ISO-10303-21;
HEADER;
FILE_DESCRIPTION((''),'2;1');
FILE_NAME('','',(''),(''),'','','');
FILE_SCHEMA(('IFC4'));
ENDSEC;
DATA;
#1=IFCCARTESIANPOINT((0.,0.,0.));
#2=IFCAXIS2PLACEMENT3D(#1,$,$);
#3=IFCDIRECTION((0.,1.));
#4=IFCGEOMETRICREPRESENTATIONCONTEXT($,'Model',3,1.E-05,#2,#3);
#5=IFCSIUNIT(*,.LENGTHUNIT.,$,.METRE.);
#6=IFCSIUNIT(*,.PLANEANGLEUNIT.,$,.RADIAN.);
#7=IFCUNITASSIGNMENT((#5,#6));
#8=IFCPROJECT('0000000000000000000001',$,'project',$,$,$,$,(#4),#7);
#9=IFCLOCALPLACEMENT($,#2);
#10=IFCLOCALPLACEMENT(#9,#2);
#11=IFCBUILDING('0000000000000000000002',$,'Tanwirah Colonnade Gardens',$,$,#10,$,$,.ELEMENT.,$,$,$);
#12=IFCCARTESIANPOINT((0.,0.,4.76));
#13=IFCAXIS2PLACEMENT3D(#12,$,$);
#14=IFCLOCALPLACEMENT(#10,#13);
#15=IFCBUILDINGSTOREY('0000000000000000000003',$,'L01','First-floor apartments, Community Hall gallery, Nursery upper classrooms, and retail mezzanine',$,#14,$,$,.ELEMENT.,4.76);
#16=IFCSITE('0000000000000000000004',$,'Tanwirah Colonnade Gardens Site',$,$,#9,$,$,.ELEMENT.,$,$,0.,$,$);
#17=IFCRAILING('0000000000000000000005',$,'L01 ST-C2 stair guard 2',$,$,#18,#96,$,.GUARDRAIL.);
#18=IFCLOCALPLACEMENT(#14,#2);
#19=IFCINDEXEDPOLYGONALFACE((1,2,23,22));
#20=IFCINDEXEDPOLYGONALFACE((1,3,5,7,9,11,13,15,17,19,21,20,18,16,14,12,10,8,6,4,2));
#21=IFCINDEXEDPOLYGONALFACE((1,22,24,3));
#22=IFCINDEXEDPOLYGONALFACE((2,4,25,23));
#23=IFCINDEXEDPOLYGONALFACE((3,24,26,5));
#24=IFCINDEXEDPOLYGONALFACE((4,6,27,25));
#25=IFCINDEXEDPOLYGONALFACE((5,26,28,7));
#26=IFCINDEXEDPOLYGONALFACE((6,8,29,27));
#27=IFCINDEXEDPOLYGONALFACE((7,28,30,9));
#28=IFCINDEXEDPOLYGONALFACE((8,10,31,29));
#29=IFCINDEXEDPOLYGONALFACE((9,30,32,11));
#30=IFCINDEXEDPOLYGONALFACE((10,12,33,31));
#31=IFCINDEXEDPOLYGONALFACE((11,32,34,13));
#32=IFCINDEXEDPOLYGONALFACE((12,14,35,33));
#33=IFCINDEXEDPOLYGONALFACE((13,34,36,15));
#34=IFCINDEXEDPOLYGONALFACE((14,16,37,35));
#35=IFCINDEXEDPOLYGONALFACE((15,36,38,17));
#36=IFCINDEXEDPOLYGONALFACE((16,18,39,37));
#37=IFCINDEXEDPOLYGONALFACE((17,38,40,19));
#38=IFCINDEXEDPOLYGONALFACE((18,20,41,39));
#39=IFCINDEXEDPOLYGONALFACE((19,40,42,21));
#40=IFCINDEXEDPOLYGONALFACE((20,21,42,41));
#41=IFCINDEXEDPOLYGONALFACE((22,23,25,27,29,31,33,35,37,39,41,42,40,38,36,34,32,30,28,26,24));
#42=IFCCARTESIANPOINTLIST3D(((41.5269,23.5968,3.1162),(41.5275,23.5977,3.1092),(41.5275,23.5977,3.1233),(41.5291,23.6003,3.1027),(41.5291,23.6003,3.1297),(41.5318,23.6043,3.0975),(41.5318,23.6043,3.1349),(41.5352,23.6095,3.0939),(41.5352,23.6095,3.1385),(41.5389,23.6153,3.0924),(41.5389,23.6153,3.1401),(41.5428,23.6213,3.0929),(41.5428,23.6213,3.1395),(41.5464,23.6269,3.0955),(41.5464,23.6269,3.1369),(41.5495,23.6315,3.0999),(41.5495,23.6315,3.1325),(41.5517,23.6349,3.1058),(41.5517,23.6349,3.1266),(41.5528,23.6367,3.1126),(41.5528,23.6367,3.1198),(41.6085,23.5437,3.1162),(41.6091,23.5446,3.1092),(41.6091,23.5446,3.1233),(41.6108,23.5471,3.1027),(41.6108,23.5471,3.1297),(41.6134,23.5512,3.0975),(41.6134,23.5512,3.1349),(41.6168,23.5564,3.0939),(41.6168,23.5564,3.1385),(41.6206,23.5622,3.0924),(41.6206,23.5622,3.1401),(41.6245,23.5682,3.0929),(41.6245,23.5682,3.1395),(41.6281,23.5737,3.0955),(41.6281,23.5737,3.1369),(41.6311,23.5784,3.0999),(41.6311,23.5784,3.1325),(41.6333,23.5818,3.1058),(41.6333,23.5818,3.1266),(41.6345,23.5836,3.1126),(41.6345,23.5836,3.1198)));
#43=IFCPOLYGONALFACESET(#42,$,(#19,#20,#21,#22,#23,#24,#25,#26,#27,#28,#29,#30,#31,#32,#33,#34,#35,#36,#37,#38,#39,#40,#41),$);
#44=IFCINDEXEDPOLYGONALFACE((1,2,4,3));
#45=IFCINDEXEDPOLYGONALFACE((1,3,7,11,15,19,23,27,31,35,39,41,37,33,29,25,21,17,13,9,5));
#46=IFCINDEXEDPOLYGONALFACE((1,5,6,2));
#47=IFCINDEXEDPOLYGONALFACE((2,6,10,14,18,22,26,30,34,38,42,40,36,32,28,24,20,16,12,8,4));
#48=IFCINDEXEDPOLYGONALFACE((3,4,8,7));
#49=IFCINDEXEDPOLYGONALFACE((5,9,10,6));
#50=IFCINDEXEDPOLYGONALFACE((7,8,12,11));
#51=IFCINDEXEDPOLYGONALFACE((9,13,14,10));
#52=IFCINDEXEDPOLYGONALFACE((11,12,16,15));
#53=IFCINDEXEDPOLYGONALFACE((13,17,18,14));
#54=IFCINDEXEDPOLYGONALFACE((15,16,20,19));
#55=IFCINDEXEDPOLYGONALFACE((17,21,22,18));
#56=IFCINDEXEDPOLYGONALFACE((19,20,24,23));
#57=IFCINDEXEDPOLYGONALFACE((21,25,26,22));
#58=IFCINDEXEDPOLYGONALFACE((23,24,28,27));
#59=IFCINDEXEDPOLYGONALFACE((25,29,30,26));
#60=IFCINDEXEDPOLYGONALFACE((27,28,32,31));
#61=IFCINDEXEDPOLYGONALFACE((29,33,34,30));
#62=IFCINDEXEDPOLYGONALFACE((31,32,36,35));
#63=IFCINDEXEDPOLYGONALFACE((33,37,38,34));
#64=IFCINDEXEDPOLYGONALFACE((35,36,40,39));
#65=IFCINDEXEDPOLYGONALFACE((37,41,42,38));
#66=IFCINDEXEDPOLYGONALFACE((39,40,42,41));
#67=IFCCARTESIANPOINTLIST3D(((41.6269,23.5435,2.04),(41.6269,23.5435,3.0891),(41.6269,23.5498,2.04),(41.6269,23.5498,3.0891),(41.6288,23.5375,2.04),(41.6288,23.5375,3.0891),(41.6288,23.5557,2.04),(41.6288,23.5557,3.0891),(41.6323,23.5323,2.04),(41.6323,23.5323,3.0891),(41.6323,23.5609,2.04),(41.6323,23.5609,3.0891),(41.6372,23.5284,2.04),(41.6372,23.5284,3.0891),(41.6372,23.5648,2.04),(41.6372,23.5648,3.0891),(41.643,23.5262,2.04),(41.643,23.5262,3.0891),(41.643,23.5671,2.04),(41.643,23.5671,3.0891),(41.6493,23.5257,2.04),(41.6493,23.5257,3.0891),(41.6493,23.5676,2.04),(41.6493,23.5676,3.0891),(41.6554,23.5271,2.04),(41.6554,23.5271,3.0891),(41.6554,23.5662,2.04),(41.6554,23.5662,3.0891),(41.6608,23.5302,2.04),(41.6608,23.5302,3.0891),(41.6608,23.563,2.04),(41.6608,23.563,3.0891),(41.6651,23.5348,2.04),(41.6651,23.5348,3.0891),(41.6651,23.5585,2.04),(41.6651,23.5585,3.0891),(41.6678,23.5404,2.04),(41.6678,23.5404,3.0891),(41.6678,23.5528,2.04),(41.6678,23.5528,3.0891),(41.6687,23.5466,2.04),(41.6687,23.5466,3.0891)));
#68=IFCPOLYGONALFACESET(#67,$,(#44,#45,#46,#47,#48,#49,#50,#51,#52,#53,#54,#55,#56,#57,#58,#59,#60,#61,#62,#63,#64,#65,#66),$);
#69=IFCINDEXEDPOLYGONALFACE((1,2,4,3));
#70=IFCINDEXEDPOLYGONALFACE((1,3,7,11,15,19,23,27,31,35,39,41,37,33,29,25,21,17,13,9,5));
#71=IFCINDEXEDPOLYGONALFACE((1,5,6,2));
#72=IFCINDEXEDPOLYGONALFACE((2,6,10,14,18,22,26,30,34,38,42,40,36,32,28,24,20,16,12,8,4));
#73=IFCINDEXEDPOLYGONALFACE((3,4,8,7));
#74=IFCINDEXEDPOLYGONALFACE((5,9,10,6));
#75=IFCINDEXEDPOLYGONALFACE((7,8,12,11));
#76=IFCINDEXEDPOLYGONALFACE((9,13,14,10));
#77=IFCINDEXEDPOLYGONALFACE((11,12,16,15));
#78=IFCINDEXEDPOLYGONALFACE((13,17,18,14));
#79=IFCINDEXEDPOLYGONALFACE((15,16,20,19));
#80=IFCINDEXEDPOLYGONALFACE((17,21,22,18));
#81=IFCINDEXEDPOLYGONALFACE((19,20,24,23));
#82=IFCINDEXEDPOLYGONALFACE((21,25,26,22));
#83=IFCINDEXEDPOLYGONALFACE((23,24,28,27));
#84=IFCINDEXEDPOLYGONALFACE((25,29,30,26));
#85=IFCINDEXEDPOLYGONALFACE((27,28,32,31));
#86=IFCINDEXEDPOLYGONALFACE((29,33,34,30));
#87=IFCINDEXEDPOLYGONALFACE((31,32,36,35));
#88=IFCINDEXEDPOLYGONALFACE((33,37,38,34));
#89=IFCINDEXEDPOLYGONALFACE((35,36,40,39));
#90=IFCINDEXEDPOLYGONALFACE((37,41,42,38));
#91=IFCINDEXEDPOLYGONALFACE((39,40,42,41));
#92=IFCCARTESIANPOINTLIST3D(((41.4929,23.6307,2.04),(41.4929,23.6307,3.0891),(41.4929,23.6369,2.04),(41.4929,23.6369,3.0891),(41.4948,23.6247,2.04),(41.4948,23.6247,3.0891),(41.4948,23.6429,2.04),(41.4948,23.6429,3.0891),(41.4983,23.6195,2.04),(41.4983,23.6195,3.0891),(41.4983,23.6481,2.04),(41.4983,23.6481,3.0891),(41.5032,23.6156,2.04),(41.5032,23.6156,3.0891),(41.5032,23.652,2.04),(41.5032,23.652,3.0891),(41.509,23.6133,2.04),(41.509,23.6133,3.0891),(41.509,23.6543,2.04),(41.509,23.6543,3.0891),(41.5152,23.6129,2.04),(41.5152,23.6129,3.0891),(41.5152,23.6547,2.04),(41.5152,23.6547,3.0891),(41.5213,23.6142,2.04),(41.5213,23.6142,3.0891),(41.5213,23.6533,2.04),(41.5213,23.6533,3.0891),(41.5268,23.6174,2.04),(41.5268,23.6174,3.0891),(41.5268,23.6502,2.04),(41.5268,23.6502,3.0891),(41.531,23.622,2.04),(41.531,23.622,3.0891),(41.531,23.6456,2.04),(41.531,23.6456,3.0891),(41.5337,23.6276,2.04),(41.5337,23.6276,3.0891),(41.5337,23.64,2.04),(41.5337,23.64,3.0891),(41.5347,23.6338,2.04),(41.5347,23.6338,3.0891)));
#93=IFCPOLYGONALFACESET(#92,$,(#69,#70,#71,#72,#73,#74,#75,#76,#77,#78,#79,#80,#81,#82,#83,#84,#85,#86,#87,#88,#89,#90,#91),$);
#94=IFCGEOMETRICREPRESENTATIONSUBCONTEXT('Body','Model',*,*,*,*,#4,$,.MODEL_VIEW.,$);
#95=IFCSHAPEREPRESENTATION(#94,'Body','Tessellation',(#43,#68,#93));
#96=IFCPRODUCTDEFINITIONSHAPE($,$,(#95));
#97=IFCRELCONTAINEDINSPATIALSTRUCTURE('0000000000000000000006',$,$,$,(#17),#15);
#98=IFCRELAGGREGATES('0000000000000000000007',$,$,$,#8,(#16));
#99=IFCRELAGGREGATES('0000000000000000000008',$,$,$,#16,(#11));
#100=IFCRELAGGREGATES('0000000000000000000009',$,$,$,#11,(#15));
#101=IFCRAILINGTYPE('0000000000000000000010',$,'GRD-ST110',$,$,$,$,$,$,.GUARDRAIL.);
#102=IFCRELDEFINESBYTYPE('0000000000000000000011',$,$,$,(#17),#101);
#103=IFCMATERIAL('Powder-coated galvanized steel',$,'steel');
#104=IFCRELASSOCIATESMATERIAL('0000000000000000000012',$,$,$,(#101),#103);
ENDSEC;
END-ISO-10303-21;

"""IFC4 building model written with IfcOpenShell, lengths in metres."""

from ifc_helpers import new_model, si_unit, direction, frame, origin, origin_2d, place, context, subcontext, project, spatial, circle, extrude, material, type_object, element, save


model = new_model("IFC4")

# Units and contexts
model_context = context("Model", 3, precision=1e-05, world=origin(), true_north=direction((0.0, 1.0)))
body_context = subcontext(model_context, "Body", "Model", "MODEL_VIEW")
ifc_project = project(units=[si_unit("LENGTHUNIT", "METRE"), si_unit("PLANEANGLEUNIT", "RADIAN")], contexts=[model_context])

# Site, building, storey
site_placement = place(None, origin())
site = spatial("IfcSite", under=ifc_project, at=site_placement, Name="Tanwirah Colonnade Gardens Site", CompositionType="ELEMENT", RefElevation=0.0)
building_placement = place(site_placement, origin())
building = spatial("IfcBuilding", under=site, at=building_placement, Name="Tanwirah Colonnade Gardens", CompositionType="ELEMENT")
storey_placement = place(building_placement, frame((0.0, 0.0, 4.76)))
storey = spatial("IfcBuildingStorey", under=building, at=storey_placement, Name="L01", Description="First-floor apartments, Community Hall gallery, Nursery upper classrooms, and retail mezzanine", CompositionType="ELEMENT", Elevation=4.76)

# Railing
ifc_material_1 = material(Name="Powder-coated galvanized steel", Category="steel")
railing_type_1 = type_object("IfcRailingType", Name="GRD-ST110", PredefinedType="GUARDRAIL", material=ifc_material_1)
railing_1_placement = place(storey_placement, frame((41.6477, 23.5466, 2.04)))
element("IfcRailing", 1, at=railing_1_placement, inside=storey, type_object=railing_type_1, Name="L01 ST-C2 stair guard 2", PredefinedType="GUARDRAIL", context=body_context, shape_type="SweptSolid", body=[
    extrude(circle(Radius=0.0239, at=origin_2d()), frame((-0.0261, 0.0171, 1.0762), z_axis=(-0.838339, 0.545149, 0.0), x_axis=(-0.545149, -0.838339, 0.0)), (0.0, 0.0, 1.0), 0.0974),
    extrude(circle(Radius=0.021, at=origin_2d()), origin(), (0.0, 0.0, 1.0), 1.0491),
    extrude(circle(Radius=0.021, at=origin_2d()), frame((-0.134, 0.0872, 0.0)), (0.0, 0.0, 1.0), 1.0491),
])

save(model, "model.ifc")
